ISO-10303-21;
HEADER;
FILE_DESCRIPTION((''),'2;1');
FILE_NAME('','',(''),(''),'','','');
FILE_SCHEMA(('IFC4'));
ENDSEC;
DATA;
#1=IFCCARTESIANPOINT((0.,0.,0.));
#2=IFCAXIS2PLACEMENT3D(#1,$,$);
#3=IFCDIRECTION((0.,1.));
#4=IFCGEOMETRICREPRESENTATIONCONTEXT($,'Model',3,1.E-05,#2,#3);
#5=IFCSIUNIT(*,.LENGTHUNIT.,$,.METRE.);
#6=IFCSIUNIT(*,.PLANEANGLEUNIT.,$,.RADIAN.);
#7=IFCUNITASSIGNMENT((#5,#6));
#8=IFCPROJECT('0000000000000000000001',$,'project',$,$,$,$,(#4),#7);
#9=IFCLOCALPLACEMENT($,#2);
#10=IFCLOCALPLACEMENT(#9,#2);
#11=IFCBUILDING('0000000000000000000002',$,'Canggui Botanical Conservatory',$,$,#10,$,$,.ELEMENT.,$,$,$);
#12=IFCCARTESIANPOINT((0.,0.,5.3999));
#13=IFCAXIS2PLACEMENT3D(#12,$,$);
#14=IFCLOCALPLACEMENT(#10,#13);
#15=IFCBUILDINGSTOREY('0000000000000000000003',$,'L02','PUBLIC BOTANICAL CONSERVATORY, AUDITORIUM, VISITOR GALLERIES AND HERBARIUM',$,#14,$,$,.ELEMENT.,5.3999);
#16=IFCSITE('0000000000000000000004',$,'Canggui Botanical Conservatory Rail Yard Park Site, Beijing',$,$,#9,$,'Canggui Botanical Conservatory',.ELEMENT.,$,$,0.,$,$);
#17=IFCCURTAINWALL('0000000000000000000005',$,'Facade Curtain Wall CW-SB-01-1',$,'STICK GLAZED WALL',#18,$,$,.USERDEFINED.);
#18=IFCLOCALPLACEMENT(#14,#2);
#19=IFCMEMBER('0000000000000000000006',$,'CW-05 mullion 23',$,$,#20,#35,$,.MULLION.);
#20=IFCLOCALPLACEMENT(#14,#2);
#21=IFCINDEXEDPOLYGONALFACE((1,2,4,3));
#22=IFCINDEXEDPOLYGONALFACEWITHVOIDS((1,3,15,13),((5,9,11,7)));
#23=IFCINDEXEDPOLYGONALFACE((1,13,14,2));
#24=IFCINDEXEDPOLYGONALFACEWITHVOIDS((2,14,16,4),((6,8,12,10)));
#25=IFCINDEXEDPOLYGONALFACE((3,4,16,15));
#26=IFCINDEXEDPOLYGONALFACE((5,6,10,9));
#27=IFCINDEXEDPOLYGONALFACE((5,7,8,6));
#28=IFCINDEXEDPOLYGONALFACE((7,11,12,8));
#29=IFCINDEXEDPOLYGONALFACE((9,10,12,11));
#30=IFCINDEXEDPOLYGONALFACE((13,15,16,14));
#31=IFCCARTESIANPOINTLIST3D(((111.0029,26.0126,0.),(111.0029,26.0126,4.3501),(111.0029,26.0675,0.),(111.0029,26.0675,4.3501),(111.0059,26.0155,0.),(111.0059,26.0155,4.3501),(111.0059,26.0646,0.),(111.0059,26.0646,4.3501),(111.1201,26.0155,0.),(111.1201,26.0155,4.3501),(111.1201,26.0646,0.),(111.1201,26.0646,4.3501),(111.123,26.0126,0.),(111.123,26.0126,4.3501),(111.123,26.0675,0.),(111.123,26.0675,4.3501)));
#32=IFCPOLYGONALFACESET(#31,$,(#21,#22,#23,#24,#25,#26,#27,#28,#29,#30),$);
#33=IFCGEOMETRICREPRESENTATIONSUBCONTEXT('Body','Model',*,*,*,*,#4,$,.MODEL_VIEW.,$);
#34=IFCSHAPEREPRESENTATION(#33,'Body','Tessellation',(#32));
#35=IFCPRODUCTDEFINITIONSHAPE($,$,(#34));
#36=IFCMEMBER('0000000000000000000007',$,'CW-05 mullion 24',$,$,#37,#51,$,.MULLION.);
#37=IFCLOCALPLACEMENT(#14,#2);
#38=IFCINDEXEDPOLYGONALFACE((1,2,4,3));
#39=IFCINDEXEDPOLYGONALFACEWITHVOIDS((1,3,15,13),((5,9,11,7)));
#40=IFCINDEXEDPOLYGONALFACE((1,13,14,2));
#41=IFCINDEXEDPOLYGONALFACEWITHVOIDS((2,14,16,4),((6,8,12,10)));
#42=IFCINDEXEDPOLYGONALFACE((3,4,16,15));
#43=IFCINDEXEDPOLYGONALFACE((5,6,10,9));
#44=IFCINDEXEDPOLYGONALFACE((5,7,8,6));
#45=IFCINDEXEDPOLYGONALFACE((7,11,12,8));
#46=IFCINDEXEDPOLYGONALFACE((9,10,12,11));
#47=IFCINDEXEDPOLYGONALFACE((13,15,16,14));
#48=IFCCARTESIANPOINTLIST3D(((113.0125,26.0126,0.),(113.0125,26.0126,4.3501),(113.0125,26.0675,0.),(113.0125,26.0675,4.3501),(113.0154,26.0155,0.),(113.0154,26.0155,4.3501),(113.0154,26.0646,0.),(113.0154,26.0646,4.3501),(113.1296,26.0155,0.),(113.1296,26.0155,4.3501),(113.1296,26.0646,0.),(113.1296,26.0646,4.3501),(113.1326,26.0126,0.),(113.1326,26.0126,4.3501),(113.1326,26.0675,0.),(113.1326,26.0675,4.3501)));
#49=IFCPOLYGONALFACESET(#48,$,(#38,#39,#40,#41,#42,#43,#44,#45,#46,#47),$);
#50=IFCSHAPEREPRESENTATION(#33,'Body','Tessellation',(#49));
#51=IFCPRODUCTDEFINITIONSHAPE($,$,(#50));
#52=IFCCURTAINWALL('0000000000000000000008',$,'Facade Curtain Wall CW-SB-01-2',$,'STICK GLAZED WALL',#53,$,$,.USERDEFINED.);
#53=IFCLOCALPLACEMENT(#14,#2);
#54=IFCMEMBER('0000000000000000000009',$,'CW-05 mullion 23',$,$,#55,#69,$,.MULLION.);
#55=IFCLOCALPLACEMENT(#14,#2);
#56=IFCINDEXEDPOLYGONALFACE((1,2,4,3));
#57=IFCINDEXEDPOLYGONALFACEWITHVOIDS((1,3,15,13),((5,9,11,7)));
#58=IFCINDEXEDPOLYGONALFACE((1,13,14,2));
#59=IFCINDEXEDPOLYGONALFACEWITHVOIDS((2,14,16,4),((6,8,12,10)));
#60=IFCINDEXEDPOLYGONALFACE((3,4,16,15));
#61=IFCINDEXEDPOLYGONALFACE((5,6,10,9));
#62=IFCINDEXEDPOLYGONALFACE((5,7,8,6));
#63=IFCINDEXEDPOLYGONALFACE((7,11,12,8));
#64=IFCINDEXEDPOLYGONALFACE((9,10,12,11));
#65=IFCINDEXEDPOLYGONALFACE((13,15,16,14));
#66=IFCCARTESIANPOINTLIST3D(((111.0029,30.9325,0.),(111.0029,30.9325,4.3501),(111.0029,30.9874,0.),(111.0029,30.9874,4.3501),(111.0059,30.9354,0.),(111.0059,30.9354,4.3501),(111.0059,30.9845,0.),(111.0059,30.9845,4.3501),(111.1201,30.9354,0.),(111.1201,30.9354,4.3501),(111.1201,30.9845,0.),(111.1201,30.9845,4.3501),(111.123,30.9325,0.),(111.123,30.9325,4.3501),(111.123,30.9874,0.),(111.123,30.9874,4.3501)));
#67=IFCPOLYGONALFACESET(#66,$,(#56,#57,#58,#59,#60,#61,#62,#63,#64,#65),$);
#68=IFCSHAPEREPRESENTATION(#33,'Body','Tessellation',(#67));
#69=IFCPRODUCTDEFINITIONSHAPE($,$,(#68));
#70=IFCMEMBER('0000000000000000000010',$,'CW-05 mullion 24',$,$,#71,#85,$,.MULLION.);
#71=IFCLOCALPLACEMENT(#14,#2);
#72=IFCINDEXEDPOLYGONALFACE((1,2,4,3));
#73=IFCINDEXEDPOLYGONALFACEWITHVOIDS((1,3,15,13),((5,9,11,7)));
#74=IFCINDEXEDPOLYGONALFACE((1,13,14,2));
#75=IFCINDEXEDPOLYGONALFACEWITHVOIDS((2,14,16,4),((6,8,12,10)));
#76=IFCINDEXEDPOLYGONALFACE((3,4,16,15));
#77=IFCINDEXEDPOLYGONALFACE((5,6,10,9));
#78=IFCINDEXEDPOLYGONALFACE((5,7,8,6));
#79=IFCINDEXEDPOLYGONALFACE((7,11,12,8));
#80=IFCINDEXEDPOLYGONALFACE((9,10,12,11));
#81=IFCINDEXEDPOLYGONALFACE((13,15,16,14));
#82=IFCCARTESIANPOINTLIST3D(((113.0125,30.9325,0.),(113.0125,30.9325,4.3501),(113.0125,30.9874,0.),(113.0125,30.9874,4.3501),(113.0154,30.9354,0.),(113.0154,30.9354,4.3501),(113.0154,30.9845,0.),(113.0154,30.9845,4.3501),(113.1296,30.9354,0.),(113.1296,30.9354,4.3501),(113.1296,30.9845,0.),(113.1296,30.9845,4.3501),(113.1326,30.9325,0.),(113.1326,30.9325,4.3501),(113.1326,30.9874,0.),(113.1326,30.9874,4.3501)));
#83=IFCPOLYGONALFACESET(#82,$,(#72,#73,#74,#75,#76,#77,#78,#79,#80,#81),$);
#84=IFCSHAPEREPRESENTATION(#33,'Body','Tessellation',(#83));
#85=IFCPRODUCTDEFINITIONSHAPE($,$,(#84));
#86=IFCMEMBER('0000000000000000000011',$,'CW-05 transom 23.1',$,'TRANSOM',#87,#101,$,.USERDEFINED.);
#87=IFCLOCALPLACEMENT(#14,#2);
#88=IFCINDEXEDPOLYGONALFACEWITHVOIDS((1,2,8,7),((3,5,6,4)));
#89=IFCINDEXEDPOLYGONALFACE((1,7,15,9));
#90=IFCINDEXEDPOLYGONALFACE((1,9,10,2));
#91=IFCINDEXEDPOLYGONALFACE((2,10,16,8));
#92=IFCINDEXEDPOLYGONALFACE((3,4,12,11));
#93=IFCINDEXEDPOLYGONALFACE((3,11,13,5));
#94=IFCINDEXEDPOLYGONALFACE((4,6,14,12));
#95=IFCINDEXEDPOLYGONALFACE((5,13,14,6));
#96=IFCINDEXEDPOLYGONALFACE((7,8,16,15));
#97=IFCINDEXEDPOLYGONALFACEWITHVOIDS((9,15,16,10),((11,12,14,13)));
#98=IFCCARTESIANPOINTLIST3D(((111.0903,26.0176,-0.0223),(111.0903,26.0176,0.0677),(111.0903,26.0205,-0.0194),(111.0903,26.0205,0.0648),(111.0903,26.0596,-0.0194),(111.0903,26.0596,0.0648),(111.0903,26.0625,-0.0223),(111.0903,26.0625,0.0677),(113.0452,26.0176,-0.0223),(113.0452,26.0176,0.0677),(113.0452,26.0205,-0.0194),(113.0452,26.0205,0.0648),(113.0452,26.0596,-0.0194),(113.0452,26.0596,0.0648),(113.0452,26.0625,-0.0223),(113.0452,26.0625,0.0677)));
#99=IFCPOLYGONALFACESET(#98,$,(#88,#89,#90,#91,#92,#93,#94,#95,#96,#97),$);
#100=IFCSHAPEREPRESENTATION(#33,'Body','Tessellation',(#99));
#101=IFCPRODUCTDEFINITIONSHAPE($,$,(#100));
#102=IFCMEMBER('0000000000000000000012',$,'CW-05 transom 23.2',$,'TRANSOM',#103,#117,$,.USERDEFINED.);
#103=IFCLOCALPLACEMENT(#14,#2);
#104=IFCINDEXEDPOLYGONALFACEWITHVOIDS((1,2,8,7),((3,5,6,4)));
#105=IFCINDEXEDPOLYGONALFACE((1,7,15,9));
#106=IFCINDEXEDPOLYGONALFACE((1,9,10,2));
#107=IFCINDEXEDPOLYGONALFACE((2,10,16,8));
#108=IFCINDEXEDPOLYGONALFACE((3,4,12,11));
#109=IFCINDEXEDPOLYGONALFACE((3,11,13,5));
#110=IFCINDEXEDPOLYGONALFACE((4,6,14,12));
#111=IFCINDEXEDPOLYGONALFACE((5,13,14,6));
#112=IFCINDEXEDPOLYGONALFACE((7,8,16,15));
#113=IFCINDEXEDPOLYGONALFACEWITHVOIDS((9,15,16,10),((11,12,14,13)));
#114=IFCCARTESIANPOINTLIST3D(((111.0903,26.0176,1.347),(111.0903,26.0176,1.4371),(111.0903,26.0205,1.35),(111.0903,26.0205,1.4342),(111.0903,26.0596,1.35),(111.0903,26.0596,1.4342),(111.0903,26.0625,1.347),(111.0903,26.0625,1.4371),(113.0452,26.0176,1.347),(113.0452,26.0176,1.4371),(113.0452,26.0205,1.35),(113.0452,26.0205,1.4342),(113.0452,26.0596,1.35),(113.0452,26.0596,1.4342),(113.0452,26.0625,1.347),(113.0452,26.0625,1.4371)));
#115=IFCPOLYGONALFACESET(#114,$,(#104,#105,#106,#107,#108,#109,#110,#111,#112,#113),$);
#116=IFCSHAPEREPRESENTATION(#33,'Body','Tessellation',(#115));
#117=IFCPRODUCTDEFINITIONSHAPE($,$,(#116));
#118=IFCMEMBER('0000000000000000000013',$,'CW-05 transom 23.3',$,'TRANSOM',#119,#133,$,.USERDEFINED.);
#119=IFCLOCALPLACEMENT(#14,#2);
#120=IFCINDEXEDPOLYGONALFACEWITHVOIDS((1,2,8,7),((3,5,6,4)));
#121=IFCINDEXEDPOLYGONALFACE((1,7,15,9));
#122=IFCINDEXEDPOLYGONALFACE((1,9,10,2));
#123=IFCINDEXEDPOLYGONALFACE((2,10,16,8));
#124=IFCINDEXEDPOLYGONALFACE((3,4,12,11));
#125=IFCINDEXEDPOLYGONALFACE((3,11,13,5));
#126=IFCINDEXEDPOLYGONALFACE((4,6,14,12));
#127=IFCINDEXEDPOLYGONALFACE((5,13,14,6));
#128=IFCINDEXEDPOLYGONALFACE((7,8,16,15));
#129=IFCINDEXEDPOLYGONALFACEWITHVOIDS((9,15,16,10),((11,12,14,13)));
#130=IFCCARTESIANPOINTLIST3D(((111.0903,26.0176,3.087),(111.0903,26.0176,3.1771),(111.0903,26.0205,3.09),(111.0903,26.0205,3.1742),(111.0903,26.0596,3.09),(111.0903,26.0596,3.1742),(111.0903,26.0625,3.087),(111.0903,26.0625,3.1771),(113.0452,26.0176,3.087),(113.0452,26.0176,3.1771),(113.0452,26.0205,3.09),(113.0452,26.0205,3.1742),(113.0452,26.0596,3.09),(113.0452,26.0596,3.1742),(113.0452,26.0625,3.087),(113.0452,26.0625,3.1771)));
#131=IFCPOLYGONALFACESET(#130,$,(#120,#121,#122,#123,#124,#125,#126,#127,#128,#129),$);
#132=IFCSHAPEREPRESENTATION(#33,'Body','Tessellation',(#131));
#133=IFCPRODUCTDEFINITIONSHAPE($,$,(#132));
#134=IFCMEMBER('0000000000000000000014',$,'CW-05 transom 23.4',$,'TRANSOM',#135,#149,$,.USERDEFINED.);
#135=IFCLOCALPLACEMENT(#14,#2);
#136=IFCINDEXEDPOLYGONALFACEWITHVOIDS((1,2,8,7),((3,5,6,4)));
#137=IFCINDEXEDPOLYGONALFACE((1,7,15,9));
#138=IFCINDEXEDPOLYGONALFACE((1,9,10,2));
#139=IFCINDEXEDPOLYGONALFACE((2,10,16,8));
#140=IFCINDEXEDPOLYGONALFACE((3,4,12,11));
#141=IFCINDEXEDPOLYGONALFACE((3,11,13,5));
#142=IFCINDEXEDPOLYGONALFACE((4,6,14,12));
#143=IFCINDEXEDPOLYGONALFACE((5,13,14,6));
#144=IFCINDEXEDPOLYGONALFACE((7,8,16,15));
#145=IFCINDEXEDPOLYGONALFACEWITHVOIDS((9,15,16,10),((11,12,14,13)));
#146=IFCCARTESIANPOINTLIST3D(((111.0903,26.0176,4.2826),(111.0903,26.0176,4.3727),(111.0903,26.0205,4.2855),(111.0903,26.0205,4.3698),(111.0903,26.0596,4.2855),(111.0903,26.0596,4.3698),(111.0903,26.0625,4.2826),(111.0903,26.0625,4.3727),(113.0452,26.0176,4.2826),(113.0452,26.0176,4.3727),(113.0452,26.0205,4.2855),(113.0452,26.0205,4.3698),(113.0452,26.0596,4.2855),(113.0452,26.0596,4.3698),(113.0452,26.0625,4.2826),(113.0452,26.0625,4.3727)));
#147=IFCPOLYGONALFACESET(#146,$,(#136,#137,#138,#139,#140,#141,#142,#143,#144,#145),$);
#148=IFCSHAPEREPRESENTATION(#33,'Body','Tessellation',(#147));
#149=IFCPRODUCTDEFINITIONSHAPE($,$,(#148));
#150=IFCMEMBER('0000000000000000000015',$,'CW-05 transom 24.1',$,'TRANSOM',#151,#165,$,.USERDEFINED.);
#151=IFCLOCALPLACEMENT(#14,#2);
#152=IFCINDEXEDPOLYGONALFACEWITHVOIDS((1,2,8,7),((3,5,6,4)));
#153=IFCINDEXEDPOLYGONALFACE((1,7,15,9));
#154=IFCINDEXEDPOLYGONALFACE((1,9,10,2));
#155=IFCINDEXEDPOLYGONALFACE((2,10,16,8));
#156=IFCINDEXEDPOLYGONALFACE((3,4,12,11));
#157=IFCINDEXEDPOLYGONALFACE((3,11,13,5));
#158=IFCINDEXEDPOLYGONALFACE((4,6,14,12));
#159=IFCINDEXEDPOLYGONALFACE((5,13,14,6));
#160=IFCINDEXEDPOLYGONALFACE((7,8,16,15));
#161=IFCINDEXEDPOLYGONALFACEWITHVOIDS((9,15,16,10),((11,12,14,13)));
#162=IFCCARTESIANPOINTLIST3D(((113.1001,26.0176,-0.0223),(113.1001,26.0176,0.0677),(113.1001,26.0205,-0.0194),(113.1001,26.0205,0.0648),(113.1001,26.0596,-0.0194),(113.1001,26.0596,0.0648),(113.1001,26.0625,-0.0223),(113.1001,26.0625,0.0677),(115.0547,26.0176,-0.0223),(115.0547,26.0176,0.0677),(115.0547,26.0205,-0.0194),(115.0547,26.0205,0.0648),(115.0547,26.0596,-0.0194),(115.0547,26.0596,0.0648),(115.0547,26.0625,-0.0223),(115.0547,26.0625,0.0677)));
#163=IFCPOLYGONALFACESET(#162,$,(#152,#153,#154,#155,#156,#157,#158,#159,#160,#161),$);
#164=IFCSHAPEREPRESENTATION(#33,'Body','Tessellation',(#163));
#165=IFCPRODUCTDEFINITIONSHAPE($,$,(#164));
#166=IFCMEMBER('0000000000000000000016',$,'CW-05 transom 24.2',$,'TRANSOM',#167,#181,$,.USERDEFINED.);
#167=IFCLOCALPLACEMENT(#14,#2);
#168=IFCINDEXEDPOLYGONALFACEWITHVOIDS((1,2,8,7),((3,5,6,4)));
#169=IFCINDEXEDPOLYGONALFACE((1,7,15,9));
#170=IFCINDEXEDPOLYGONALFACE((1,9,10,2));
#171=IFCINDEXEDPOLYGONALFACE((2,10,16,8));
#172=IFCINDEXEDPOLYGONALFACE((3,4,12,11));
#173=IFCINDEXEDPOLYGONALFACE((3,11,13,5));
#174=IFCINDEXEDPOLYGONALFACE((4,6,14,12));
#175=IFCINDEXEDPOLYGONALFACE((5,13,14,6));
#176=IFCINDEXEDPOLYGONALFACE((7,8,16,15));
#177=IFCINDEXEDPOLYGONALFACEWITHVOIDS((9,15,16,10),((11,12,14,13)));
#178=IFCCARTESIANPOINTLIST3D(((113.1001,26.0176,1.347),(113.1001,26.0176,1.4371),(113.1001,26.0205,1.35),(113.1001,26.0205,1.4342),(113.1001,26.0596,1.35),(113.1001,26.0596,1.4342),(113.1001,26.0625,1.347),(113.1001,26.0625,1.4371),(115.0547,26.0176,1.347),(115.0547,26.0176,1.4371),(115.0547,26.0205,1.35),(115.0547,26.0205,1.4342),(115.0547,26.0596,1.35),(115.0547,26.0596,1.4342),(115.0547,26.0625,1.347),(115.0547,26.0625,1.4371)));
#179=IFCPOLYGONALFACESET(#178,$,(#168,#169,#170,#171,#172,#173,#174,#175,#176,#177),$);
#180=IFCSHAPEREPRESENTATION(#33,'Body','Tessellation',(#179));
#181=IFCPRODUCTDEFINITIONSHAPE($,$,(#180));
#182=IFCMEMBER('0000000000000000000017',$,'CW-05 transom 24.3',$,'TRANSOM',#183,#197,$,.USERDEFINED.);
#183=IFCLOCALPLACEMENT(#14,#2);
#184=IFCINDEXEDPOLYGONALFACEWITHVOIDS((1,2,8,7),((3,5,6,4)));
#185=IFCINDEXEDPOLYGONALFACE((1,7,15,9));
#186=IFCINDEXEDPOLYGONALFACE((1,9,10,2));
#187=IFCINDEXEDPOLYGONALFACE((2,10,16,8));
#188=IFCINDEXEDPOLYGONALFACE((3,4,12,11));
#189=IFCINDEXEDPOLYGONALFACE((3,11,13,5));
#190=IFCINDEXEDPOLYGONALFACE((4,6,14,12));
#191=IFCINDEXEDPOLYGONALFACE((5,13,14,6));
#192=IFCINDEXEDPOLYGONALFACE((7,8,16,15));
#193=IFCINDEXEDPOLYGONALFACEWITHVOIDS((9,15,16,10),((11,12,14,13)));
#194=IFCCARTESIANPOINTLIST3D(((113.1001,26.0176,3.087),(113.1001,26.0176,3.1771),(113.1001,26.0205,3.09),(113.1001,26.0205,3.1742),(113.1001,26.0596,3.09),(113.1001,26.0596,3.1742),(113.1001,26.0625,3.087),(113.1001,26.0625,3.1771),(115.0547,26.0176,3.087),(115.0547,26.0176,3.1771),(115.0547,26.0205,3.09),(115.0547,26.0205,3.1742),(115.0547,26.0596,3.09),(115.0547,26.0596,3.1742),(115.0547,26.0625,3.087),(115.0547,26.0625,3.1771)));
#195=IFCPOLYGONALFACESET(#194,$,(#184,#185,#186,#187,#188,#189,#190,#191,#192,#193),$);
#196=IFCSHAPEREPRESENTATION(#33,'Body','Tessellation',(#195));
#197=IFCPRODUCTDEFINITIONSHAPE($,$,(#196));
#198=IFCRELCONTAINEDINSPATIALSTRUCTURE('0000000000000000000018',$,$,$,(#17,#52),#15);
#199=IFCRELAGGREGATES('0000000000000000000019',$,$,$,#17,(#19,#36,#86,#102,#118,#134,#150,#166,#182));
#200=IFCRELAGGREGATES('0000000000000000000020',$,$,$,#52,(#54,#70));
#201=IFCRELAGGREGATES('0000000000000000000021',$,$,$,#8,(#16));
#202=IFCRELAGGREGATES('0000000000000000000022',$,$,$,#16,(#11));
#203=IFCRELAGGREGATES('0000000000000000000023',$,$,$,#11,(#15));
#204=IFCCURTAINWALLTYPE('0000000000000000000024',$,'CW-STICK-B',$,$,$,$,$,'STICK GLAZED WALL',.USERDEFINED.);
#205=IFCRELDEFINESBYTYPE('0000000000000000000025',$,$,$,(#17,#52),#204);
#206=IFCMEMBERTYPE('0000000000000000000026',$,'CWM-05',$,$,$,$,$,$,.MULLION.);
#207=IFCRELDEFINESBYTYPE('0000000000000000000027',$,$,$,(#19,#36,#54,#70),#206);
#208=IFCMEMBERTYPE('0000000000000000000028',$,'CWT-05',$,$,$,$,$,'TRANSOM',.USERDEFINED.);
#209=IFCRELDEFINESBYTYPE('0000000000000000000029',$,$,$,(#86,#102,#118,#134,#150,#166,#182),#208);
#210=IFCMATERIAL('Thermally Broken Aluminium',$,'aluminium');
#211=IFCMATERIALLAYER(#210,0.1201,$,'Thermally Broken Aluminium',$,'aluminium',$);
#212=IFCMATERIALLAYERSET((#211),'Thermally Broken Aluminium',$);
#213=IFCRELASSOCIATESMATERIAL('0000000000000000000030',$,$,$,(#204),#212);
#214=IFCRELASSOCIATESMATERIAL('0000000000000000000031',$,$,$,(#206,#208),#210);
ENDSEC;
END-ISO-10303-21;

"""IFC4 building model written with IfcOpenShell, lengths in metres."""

from ifc_helpers import new_model, si_unit, direction, frame, origin, origin_2d, place, context, subcontext, project, spatial, hollow_rectangle, extrude, material, layer, layer_set, material_profile, profile_set, type_object, element, aggregate, save


model = new_model("IFC4")

# Units and contexts
model_context = context("Model", 3, precision=1e-05, world=origin(), true_north=direction((0.0, 1.0)))
body_context = subcontext(model_context, "Body", "Model", "MODEL_VIEW")
ifc_project = project(units=[si_unit("LENGTHUNIT", "METRE"), si_unit("PLANEANGLEUNIT", "RADIAN")], contexts=[model_context])

# Site, building, storey
site_placement = place(None, origin())
site = spatial("IfcSite", under=ifc_project, at=site_placement, Name="Canggui Botanical Conservatory Rail Yard Park Site, Beijing", LongName="Canggui Botanical Conservatory", CompositionType="ELEMENT", RefElevation=0.0)
building_placement = place(site_placement, origin())
building = spatial("IfcBuilding", under=site, at=building_placement, Name="Canggui Botanical Conservatory", CompositionType="ELEMENT")
storey_placement = place(building_placement, frame((0.0, 0.0, 5.3999)))
storey = spatial("IfcBuildingStorey", under=building, at=storey_placement, Name="L02", Description="PUBLIC BOTANICAL CONSERVATORY, AUDITORIUM, VISITOR GALLERIES AND HERBARIUM", CompositionType="ELEMENT", Elevation=5.3999)

# Curtain walls, members
ifc_material_1 = material(Name="Thermally Broken Aluminium", Category="aluminium")
ifc_layer_1 = layer(ifc_material_1, 0.1201, Name="Thermally Broken Aluminium", Category="aluminium")
ifc_layer_set_1 = layer_set([ifc_layer_1], Name="Thermally Broken Aluminium")
curtain_wall_type = type_object("IfcCurtainWallType", Name="CW-STICK-B", ElementType="STICK GLAZED WALL", PredefinedType="USERDEFINED", material=ifc_layer_set_1)
curtain_wall_1_placement = place(storey_placement, origin())
curtain_wall_1 = element("IfcCurtainWall", 1, at=curtain_wall_1_placement, inside=storey, type_object=curtain_wall_type, Name="Facade Curtain Wall CW-SB-01-1", ObjectType="STICK GLAZED WALL", PredefinedType="USERDEFINED")
ifc_material_profile_1 = material_profile(ifc_material_1, hollow_rectangle(XDim=0.0549, YDim=0.1201, WallThickness=0.0029, at=origin_2d()), Name="CWM 55x120x3")
ifc_profile_set_1 = profile_set([ifc_material_profile_1], Name="Thermally Broken Aluminium")
member_type_1 = type_object("IfcMemberType", Name="CWM-05", PredefinedType="MULLION", material=ifc_profile_set_1)
member_1_placement = place(storey_placement, frame((111.063, 26.04, 0.0), z_axis=(0.0, 0.0, 1.0), x_axis=(0.0, 1.0, 0.0)))
member_1 = element("IfcMember", 2, at=member_1_placement, type_object=member_type_1, Name="CW-05 mullion 23", PredefinedType="MULLION", context=body_context, shape_type="SweptSolid", body=[
    extrude(hollow_rectangle(XDim=0.0549, YDim=0.1201, WallThickness=0.0029, at=origin_2d()), origin(), (0.0, 0.0, 1.0), 4.3501),
])
member_2_placement = place(storey_placement, frame((113.0725, 26.04, 0.0), z_axis=(0.0, 0.0, 1.0), x_axis=(0.0, 1.0, 0.0)))
member_2 = element("IfcMember", 3, at=member_2_placement, type_object=member_type_1, Name="CW-05 mullion 24", PredefinedType="MULLION", context=body_context, shape_type="SweptSolid", body=[
    extrude(hollow_rectangle(XDim=0.0549, YDim=0.1201, WallThickness=0.0029, at=origin_2d()), origin(), (0.0, 0.0, 1.0), 4.3501),
])
curtain_wall_2_placement = place(storey_placement, origin())
curtain_wall_2 = element("IfcCurtainWall", 4, at=curtain_wall_2_placement, inside=storey, type_object=curtain_wall_type, Name="Facade Curtain Wall CW-SB-01-2", ObjectType="STICK GLAZED WALL", PredefinedType="USERDEFINED")
member_3_placement = place(storey_placement, frame((111.063, 30.96, 0.0), z_axis=(0.0, 0.0, 1.0), x_axis=(0.0, 1.0, 0.0)))
member_3 = element("IfcMember", 5, at=member_3_placement, type_object=member_type_1, Name="CW-05 mullion 23", PredefinedType="MULLION", context=body_context, shape_type="SweptSolid", body=[
    extrude(hollow_rectangle(XDim=0.0549, YDim=0.1201, WallThickness=0.0029, at=origin_2d()), origin(), (0.0, 0.0, 1.0), 4.3501),
])
member_4_placement = place(storey_placement, frame((113.0725, 30.96, 0.0), z_axis=(0.0, 0.0, 1.0), x_axis=(0.0, 1.0, 0.0)))
member_4 = element("IfcMember", 6, at=member_4_placement, type_object=member_type_1, Name="CW-05 mullion 24", PredefinedType="MULLION", context=body_context, shape_type="SweptSolid", body=[
    extrude(hollow_rectangle(XDim=0.0549, YDim=0.1201, WallThickness=0.0029, at=origin_2d()), origin(), (0.0, 0.0, 1.0), 4.3501),
])

# Members
ifc_material_profile_2 = material_profile(ifc_material_1, hollow_rectangle(XDim=0.0449, YDim=0.0901, WallThickness=0.0029, at=origin_2d()), Name="CWT 45x90x3")
ifc_profile_set_2 = profile_set([ifc_material_profile_2], Name="Thermally Broken Aluminium")
member_type_2 = type_object("IfcMemberType", Name="CWT-05", ElementType="TRANSOM", PredefinedType="USERDEFINED", material=ifc_profile_set_2)
member_5_placement = place(storey_placement, frame((111.0903, 26.04, 0.0227), z_axis=(1.0, 0.0, 0.0), x_axis=(0.0, 1.0, 0.0)))
member_5 = element("IfcMember", 7, at=member_5_placement, type_object=member_type_2, Name="CW-05 transom 23.1", ObjectType="TRANSOM", PredefinedType="USERDEFINED", context=body_context, shape_type="SweptSolid", body=[
    extrude(hollow_rectangle(XDim=0.0449, YDim=0.0901, WallThickness=0.0029, at=origin_2d()), origin(), (0.0, 0.0, 1.0), 1.9548),
])
member_6_placement = place(storey_placement, frame((111.0903, 26.04, 1.3921), z_axis=(1.0, 0.0, 0.0), x_axis=(0.0, 1.0, 0.0)))
member_6 = element("IfcMember", 8, at=member_6_placement, type_object=member_type_2, Name="CW-05 transom 23.2", ObjectType="TRANSOM", PredefinedType="USERDEFINED", context=body_context, shape_type="SweptSolid", body=[
    extrude(hollow_rectangle(XDim=0.0449, YDim=0.0901, WallThickness=0.0029, at=origin_2d()), origin(), (0.0, 0.0, 1.0), 1.9548),
])
member_7_placement = place(storey_placement, frame((111.0903, 26.04, 3.1321), z_axis=(1.0, 0.0, 0.0), x_axis=(0.0, 1.0, 0.0)))
member_7 = element("IfcMember", 9, at=member_7_placement, type_object=member_type_2, Name="CW-05 transom 23.3", ObjectType="TRANSOM", PredefinedType="USERDEFINED", context=body_context, shape_type="SweptSolid", body=[
    extrude(hollow_rectangle(XDim=0.0449, YDim=0.0901, WallThickness=0.0029, at=origin_2d()), origin(), (0.0, 0.0, 1.0), 1.9548),
])
member_8_placement = place(storey_placement, frame((111.0903, 26.04, 4.3276), z_axis=(1.0, 0.0, 0.0), x_axis=(0.0, 1.0, 0.0)))
member_8 = element("IfcMember", 10, at=member_8_placement, type_object=member_type_2, Name="CW-05 transom 23.4", ObjectType="TRANSOM", PredefinedType="USERDEFINED", context=body_context, shape_type="SweptSolid", body=[
    extrude(hollow_rectangle(XDim=0.0449, YDim=0.0901, WallThickness=0.0029, at=origin_2d()), origin(), (0.0, 0.0, 1.0), 1.9548),
])
member_9_placement = place(storey_placement, frame((113.1001, 26.04, 0.0227), z_axis=(1.0, 0.0, 0.0), x_axis=(0.0, 1.0, 0.0)))
member_9 = element("IfcMember", 11, at=member_9_placement, type_object=member_type_2, Name="CW-05 transom 24.1", ObjectType="TRANSOM", PredefinedType="USERDEFINED", context=body_context, shape_type="SweptSolid", body=[
    extrude(hollow_rectangle(XDim=0.0449, YDim=0.0901, WallThickness=0.0029, at=origin_2d()), origin(), (0.0, 0.0, 1.0), 1.9546),
])
member_10_placement = place(storey_placement, frame((113.1001, 26.04, 1.3921), z_axis=(1.0, 0.0, 0.0), x_axis=(0.0, 1.0, 0.0)))
member_10 = element("IfcMember", 12, at=member_10_placement, type_object=member_type_2, Name="CW-05 transom 24.2", ObjectType="TRANSOM", PredefinedType="USERDEFINED", context=body_context, shape_type="SweptSolid", body=[
    extrude(hollow_rectangle(XDim=0.0449, YDim=0.0901, WallThickness=0.0029, at=origin_2d()), origin(), (0.0, 0.0, 1.0), 1.9546),
])
member_11_placement = place(storey_placement, frame((113.1001, 26.04, 3.1321), z_axis=(1.0, 0.0, 0.0), x_axis=(0.0, 1.0, 0.0)))
member_11 = element("IfcMember", 13, at=member_11_placement, type_object=member_type_2, Name="CW-05 transom 24.3", ObjectType="TRANSOM", PredefinedType="USERDEFINED", context=body_context, shape_type="SweptSolid", body=[
    extrude(hollow_rectangle(XDim=0.0449, YDim=0.0901, WallThickness=0.0029, at=origin_2d()), origin(), (0.0, 0.0, 1.0), 1.9546),
])

aggregate(curtain_wall_1, [member_1, member_2, member_5, member_6, member_7, member_8, member_9, member_10, member_11])
aggregate(curtain_wall_2, [member_3, member_4])

save(model, "model.ifc")
